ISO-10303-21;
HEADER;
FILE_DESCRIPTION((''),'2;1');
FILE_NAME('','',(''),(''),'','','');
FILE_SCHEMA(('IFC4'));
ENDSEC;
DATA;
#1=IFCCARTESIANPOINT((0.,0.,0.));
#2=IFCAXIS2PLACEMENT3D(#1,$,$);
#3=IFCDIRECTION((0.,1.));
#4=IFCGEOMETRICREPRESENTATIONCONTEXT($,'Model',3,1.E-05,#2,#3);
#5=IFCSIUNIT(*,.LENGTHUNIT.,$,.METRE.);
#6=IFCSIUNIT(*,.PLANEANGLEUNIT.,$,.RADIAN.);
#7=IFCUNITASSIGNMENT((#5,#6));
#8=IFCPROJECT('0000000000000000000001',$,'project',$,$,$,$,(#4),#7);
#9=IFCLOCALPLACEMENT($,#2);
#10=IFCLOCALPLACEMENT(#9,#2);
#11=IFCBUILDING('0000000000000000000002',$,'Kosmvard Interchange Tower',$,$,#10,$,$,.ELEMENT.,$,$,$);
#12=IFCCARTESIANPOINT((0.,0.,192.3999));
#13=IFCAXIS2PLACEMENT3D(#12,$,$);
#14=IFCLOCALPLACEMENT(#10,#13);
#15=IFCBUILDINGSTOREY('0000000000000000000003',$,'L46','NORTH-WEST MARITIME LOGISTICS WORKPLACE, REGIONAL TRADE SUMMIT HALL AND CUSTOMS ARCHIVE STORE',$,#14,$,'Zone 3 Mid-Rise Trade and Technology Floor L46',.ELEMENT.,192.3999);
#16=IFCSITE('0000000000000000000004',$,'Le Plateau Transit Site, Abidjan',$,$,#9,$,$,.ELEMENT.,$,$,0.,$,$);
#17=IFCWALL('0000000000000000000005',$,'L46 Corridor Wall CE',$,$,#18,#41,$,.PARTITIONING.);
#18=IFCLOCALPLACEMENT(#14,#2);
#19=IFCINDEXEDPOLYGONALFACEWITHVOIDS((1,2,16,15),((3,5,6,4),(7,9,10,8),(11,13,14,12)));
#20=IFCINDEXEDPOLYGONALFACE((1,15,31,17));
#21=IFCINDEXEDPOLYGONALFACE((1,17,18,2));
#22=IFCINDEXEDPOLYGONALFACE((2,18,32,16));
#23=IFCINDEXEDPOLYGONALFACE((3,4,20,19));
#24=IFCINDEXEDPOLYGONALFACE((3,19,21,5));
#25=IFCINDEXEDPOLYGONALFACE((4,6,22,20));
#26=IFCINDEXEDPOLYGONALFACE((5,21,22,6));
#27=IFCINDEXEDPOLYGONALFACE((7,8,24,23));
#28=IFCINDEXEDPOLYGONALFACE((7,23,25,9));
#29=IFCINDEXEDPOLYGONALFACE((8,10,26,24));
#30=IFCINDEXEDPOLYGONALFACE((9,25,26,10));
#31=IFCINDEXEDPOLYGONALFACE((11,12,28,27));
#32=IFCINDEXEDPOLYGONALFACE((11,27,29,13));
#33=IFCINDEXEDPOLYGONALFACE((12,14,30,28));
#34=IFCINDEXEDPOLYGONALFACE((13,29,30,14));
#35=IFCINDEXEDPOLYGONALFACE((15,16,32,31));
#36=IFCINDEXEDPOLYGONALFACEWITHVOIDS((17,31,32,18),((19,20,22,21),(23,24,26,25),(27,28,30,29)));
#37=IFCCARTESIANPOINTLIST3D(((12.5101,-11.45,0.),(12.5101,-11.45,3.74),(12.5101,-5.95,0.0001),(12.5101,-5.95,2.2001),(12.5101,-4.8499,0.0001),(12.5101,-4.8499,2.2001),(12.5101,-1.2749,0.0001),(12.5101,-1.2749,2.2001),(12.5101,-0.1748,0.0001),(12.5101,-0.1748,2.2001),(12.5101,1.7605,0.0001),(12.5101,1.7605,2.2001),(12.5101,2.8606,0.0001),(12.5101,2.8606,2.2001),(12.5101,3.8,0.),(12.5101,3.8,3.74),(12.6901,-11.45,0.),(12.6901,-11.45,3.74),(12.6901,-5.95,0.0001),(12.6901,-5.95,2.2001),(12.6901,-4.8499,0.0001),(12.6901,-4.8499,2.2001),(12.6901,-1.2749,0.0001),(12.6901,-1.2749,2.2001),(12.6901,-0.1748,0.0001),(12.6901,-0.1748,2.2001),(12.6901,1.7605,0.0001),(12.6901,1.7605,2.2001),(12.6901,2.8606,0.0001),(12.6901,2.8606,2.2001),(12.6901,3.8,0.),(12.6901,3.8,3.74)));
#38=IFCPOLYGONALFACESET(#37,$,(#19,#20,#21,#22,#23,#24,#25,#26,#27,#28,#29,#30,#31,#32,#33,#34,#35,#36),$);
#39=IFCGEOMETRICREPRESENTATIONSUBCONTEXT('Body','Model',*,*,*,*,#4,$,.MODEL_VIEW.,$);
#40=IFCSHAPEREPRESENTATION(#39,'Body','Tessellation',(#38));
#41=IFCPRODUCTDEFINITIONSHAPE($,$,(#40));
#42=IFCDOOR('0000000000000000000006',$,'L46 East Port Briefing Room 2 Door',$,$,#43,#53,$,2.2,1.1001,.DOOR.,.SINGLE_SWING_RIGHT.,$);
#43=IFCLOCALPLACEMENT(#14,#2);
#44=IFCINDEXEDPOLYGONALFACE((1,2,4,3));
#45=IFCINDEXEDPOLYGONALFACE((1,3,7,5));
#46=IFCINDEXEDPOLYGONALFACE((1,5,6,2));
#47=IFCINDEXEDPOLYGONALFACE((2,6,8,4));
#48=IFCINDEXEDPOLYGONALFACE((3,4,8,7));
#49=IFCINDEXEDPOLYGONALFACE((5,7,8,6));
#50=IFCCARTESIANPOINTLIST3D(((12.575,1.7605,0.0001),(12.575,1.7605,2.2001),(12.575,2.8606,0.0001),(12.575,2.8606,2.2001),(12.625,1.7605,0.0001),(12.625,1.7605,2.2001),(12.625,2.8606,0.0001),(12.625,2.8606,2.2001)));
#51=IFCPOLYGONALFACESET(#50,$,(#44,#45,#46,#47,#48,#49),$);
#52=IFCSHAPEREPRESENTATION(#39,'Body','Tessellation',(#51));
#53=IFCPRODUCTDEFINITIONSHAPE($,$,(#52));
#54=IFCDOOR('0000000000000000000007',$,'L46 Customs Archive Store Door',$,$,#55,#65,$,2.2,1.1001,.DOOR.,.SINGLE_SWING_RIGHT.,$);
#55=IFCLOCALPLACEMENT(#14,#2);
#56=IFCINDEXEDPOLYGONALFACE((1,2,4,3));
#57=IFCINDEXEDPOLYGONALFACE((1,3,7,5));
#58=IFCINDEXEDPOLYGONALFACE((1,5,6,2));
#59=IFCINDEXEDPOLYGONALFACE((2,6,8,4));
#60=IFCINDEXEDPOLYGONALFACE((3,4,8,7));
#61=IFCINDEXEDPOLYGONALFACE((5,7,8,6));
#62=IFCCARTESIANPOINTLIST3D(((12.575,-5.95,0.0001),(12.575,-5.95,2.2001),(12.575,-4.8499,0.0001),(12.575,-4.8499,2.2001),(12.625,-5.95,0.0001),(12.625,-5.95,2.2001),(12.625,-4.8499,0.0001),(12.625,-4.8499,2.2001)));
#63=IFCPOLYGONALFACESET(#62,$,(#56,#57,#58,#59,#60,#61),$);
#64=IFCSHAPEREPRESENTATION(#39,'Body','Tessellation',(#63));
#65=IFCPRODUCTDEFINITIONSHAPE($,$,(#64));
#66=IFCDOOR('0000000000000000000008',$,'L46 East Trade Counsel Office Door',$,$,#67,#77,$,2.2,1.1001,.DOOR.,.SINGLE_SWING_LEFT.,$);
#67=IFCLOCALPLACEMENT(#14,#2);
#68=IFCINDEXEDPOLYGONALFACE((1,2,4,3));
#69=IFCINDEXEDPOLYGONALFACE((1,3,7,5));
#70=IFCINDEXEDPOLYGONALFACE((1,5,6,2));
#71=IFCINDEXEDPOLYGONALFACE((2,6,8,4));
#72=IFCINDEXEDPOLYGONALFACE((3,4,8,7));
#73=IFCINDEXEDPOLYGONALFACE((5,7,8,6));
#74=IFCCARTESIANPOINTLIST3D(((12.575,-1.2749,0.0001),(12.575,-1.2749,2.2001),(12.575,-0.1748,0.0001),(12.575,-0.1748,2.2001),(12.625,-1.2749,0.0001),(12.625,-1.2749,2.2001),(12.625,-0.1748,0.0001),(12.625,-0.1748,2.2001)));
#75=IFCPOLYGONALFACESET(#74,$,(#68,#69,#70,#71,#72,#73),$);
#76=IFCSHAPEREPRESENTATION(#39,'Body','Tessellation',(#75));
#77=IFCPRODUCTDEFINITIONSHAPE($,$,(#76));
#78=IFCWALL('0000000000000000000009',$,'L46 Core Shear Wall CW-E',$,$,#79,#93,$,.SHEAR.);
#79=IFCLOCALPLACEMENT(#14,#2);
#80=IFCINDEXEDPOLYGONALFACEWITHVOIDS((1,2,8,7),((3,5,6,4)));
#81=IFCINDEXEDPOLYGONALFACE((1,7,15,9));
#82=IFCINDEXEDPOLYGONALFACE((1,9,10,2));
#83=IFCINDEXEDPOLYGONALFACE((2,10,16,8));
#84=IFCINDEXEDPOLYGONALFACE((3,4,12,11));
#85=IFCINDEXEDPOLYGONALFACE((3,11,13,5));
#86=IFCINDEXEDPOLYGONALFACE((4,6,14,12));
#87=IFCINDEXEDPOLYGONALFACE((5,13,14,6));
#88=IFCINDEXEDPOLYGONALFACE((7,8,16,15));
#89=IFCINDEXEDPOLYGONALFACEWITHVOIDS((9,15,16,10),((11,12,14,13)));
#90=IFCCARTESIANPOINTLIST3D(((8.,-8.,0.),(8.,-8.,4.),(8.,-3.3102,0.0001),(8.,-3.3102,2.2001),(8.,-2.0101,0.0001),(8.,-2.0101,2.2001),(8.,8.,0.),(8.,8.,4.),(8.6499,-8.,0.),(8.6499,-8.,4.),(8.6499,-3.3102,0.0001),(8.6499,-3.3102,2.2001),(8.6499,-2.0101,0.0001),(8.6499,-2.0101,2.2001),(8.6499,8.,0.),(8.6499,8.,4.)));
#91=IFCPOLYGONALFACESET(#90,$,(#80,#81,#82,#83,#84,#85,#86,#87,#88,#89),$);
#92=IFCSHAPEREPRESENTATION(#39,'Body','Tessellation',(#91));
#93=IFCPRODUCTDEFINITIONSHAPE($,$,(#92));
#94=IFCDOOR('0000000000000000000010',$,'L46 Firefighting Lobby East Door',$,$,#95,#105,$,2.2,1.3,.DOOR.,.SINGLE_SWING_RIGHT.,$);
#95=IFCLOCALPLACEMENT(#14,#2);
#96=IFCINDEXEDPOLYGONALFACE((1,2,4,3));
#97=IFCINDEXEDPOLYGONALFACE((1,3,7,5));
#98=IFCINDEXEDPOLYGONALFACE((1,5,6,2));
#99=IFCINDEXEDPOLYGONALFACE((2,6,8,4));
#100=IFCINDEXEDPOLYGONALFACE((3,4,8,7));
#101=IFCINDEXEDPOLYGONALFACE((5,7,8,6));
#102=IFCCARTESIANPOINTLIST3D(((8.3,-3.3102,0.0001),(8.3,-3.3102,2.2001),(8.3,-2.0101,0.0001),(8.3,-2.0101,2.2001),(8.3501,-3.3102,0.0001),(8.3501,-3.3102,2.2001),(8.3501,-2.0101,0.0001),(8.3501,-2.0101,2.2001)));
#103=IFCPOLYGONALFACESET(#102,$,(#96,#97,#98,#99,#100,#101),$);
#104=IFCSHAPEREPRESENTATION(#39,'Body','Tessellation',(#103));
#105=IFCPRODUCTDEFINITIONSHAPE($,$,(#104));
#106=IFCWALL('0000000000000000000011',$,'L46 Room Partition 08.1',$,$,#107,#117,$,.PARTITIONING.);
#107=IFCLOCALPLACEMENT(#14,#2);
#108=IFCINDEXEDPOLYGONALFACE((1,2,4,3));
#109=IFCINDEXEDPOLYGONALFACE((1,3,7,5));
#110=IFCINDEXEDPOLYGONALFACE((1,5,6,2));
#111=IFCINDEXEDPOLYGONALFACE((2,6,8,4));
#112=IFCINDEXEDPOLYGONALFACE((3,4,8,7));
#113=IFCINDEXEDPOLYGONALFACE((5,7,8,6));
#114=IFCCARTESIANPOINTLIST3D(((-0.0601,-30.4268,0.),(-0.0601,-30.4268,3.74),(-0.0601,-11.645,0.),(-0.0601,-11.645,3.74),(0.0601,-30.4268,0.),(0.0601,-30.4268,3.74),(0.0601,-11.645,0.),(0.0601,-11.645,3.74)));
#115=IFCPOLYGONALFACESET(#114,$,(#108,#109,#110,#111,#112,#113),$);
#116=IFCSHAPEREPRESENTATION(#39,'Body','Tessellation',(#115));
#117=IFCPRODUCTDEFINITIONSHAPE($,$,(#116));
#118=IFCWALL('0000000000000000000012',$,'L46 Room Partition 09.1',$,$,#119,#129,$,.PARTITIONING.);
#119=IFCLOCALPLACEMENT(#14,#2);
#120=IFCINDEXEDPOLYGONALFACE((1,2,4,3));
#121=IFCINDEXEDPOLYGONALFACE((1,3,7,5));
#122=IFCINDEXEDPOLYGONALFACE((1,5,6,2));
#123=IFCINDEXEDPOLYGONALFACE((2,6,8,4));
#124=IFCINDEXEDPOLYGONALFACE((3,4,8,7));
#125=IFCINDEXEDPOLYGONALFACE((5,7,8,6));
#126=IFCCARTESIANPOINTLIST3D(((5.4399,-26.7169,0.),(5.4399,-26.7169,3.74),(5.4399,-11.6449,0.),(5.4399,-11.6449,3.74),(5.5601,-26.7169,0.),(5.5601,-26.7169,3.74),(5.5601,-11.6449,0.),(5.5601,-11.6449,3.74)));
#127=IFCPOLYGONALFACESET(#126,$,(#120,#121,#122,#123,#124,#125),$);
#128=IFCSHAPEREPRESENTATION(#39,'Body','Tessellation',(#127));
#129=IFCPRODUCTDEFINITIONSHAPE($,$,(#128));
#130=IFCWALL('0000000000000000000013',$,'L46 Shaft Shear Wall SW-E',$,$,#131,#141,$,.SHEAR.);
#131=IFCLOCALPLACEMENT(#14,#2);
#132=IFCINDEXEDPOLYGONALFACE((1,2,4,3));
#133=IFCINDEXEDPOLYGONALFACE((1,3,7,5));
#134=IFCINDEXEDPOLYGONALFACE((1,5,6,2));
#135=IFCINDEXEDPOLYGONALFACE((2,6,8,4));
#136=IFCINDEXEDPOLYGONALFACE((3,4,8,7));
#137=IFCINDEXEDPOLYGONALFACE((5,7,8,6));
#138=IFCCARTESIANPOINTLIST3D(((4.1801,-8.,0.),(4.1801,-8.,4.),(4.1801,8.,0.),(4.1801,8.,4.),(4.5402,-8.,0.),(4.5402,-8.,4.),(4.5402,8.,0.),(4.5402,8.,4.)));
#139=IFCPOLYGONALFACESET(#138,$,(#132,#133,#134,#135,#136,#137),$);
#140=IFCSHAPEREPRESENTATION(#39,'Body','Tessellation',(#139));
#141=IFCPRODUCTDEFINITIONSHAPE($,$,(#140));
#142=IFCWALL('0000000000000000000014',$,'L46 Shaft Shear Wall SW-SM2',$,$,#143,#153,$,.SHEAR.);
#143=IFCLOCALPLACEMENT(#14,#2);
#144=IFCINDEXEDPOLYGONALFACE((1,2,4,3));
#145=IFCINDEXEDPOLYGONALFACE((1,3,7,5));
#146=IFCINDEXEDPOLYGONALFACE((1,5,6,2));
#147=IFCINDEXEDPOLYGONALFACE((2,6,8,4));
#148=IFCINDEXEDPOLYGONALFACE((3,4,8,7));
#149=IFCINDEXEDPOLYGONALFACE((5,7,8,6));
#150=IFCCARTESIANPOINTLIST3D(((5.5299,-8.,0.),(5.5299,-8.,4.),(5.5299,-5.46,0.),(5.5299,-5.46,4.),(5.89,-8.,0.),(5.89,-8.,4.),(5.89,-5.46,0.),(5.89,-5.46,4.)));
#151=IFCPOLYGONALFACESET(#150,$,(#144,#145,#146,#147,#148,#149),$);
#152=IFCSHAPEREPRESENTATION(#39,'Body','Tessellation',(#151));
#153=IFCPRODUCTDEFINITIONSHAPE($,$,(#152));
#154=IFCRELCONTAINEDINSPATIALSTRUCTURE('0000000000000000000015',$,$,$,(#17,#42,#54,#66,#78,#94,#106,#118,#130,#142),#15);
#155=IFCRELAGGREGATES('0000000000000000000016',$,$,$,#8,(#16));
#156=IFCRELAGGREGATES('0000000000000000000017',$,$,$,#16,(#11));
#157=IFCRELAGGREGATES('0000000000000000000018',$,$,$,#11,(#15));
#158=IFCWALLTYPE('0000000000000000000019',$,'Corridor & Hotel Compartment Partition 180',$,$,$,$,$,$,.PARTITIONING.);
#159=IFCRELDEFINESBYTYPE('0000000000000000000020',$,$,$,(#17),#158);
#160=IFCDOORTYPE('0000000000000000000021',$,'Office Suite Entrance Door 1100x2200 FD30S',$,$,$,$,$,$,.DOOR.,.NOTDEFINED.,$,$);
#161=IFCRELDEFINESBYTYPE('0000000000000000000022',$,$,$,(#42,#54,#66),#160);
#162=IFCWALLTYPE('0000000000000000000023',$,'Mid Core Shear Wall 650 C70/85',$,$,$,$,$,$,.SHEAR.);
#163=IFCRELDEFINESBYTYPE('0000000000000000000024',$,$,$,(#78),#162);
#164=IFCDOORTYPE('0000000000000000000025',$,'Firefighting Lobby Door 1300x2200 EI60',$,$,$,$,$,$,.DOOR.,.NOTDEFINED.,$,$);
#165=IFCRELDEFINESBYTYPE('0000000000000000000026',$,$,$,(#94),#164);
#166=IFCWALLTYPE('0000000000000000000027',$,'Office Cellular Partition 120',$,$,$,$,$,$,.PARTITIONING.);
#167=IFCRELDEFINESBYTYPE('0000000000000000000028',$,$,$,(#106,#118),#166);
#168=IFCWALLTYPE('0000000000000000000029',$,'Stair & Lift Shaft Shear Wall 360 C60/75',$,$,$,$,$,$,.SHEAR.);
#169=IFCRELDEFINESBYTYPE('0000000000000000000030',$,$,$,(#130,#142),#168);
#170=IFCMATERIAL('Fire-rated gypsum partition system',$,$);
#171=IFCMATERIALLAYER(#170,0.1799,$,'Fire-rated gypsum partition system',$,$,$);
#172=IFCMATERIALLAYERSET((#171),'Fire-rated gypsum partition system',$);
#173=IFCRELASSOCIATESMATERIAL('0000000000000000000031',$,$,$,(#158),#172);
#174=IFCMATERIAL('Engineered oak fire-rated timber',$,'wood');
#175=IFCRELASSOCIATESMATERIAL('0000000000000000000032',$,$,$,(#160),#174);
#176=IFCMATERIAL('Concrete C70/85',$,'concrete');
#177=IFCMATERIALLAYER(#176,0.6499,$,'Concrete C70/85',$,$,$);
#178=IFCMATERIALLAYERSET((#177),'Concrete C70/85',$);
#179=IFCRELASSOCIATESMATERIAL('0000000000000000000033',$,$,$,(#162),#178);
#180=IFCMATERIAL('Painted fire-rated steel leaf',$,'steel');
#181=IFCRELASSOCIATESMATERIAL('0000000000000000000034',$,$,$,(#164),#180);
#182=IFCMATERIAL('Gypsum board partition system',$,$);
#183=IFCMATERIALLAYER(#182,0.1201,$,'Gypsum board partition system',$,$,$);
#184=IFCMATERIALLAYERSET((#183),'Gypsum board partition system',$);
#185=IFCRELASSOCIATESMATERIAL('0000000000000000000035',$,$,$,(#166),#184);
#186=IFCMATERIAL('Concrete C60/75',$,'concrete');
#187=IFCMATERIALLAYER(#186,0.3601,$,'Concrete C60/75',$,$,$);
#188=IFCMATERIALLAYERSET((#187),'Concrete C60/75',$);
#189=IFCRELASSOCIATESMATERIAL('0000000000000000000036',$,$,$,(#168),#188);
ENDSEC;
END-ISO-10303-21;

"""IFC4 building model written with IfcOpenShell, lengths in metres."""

from ifc_helpers import new_model, si_unit, direction, frame, frame_2d, origin, place, context, subcontext, project, spatial, rectangle, extrude, source, transform, mapped, material, layer, layer_set, type_object, element, fill, save


model = new_model("IFC4")

# Units and contexts
model_context = context("Model", 3, precision=1e-05, world=origin(), true_north=direction((0.0, 1.0)))
body_context = subcontext(model_context, "Body", "Model", "MODEL_VIEW")
ifc_project = project(units=[si_unit("LENGTHUNIT", "METRE"), si_unit("PLANEANGLEUNIT", "RADIAN")], contexts=[model_context])

# Site, building, storey
site_placement = place(None, origin())
site = spatial("IfcSite", under=ifc_project, at=site_placement, Name="Le Plateau Transit Site, Abidjan", CompositionType="ELEMENT", RefElevation=0.0)
building_placement = place(site_placement, origin())
building = spatial("IfcBuilding", under=site, at=building_placement, Name="Kosmvard Interchange Tower", CompositionType="ELEMENT")
storey_placement = place(building_placement, frame((0.0, 0.0, 192.3999)))
storey = spatial("IfcBuildingStorey", under=building, at=storey_placement, Name="L46", Description="NORTH-WEST MARITIME LOGISTICS WORKPLACE, REGIONAL TRADE SUMMIT HALL AND CUSTOMS ARCHIVE STORE", LongName="Zone 3 Mid-Rise Trade and Technology Floor L46", CompositionType="ELEMENT", Elevation=192.3999)

# Shared definitions
ifc_material_1 = material(Name="Concrete C60/75", Category="concrete")

# Wall, openings, doors
ifc_material_2 = material(Name="Fire-rated gypsum partition system")
ifc_layer_1 = layer(ifc_material_2, 0.1799, Name="Fire-rated gypsum partition system")
ifc_layer_set_1 = layer_set([ifc_layer_1], Name="Fire-rated gypsum partition system")
wall_type_1 = type_object("IfcWallType", Name="Corridor & Hotel Compartment Partition 180", PredefinedType="PARTITIONING", material=ifc_layer_set_1)
ifc_material_3 = material(Name="Painted fire-rated steel leaf", Category="steel")
shared_shape_1 = source(origin(), body_context, "Body", "SweptSolid", [
    extrude(rectangle(XDim=1.1001, YDim=2.2, at=frame_2d((0.55, 1.1001))), frame((0.0, 0.0249, 0.0), z_axis=(0.0, -1.0, 0.0), x_axis=(1.0, 0.0, 0.0)), (0.0, 0.0, 1.0), 0.05),
])
wall_1_placement = place(storey_placement, frame((12.6001, -11.45, 0.0), z_axis=(0.0, 0.0, 1.0), x_axis=(0.0, 1.0, 0.0)))
wall_1 = element("IfcWall", 1, at=wall_1_placement, inside=storey, type_object=wall_type_1, Name="L46 Corridor Wall CE", PredefinedType="PARTITIONING", context=body_context, shape_type="SweptSolid", body=[
    extrude(rectangle(XDim=15.25, YDim=0.1799, at=frame_2d((7.625, 0.0))), origin(), (0.0, 0.0, 1.0), 3.74),
])
opening_1_placement = place(wall_1_placement, frame((13.2104, 0.0, 0.0)))
opening_1 = element("IfcOpeningElement", 2, at=opening_1_placement, cuts=wall_1, PredefinedType="OPENING", context=body_context, shape_type="SweptSolid", body=[
    extrude(rectangle(XDim=1.1001, YDim=2.2, at=frame_2d((0.55, 1.1001))), frame((0.0, 0.1001, 0.0), z_axis=(0.0, -1.0, 0.0), x_axis=(1.0, 0.0, 0.0)), (0.0, 0.0, 1.0), 0.2),
])
opening_2_placement = place(wall_1_placement, frame((5.5, 0.0, 0.0)))
opening_2 = element("IfcOpeningElement", 3, at=opening_2_placement, cuts=wall_1, PredefinedType="OPENING", context=body_context, shape_type="SweptSolid", body=[
    extrude(rectangle(XDim=1.1001, YDim=2.2, at=frame_2d((0.55, 1.1001))), frame((0.0, 0.1001, 0.0), z_axis=(0.0, -1.0, 0.0), x_axis=(1.0, 0.0, 0.0)), (0.0, 0.0, 1.0), 0.2),
])
opening_3_placement = place(wall_1_placement, frame((10.175, 0.0, 0.0)))
opening_3 = element("IfcOpeningElement", 4, at=opening_3_placement, cuts=wall_1, PredefinedType="OPENING", context=body_context, shape_type="SweptSolid", body=[
    extrude(rectangle(XDim=1.1001, YDim=2.2, at=frame_2d((0.55, 1.1001))), frame((0.0, 0.1001, 0.0), z_axis=(0.0, -1.0, 0.0), x_axis=(1.0, 0.0, 0.0)), (0.0, 0.0, 1.0), 0.2),
])
ifc_material_4 = material(Name="Engineered oak fire-rated timber", Category="wood")
door_type_1 = type_object("IfcDoorType", Name="Office Suite Entrance Door 1100x2200 FD30S", OperationType="NOTDEFINED", PredefinedType="DOOR", material=ifc_material_4)
door_1_placement = place(opening_1_placement, frame((1.1001, 0.0, 0.0), z_axis=(0.0, 0.0, 1.0), x_axis=(-1.0, 0.0, 0.0)))
door_1 = element("IfcDoor", 5, at=door_1_placement, inside=storey, type_object=door_type_1, Name="L46 East Port Briefing Room 2 Door", OperationType="SINGLE_SWING_RIGHT", OverallHeight=2.2, OverallWidth=1.1001, PredefinedType="DOOR", context=body_context, shape_type="MappedRepresentation", body=[
    mapped(shared_shape_1, transform((0.0, 0.0, 0.0), scale=1.0)),
])
fill(opening_1, door_1)
door_2_placement = place(opening_2_placement, frame((1.1001, 0.0, 0.0), z_axis=(0.0, 0.0, 1.0), x_axis=(-1.0, 0.0, 0.0)))
door_2 = element("IfcDoor", 6, at=door_2_placement, inside=storey, type_object=door_type_1, Name="L46 Customs Archive Store Door", OperationType="SINGLE_SWING_RIGHT", OverallHeight=2.2, OverallWidth=1.1001, PredefinedType="DOOR", context=body_context, shape_type="MappedRepresentation", body=[
    mapped(shared_shape_1, transform((0.0, 0.0, 0.0), scale=1.0)),
])
fill(opening_2, door_2)
door_3_placement = place(opening_3_placement, frame((1.1001, 0.0, 0.0), z_axis=(0.0, 0.0, 1.0), x_axis=(-1.0, 0.0, 0.0)))
door_3 = element("IfcDoor", 7, at=door_3_placement, inside=storey, type_object=door_type_1, Name="L46 East Trade Counsel Office Door", OperationType="SINGLE_SWING_LEFT", OverallHeight=2.2, OverallWidth=1.1001, PredefinedType="DOOR", context=body_context, shape_type="MappedRepresentation", body=[
    mapped(shared_shape_1, transform((0.0, 0.0, 0.0), scale=1.0)),
])
fill(opening_3, door_3)

# Wall, opening, door
ifc_material_5 = material(Name="Concrete C70/85", Category="concrete")
ifc_layer_2 = layer(ifc_material_5, 0.6499, Name="Concrete C70/85")
ifc_layer_set_2 = layer_set([ifc_layer_2], Name="Concrete C70/85")
wall_type_2 = type_object("IfcWallType", Name="Mid Core Shear Wall 650 C70/85", PredefinedType="SHEAR", material=ifc_layer_set_2)
wall_2_placement = place(storey_placement, frame((8.325, -8.0, 0.0), z_axis=(0.0, 0.0, 1.0), x_axis=(0.0, 1.0, 0.0)))
wall_2 = element("IfcWall", 8, at=wall_2_placement, inside=storey, type_object=wall_type_2, Name="L46 Core Shear Wall CW-E", PredefinedType="SHEAR", context=body_context, shape_type="SweptSolid", body=[
    extrude(rectangle(XDim=16.0, YDim=0.6499, at=frame_2d((8.0, 0.0))), origin(), (0.0, 0.0, 1.0), 4.0),
])
opening_4_placement = place(wall_2_placement, frame((4.6899, 0.0, 0.0)))
opening_4 = element("IfcOpeningElement", 9, at=opening_4_placement, cuts=wall_2, PredefinedType="OPENING", context=body_context, shape_type="SweptSolid", body=[
    extrude(rectangle(XDim=1.3, YDim=2.2, at=frame_2d((0.6499, 1.1001))), frame((0.0, 0.335, 0.0), z_axis=(0.0, -1.0, 0.0), x_axis=(1.0, 0.0, 0.0)), (0.0, 0.0, 1.0), 0.6699),
])
door_type_2 = type_object("IfcDoorType", Name="Firefighting Lobby Door 1300x2200 EI60", OperationType="NOTDEFINED", PredefinedType="DOOR", material=ifc_material_3)
shared_shape_2 = source(origin(), body_context, "Body", "SweptSolid", [
    extrude(rectangle(XDim=1.3, YDim=2.2, at=frame_2d((0.6499, 1.1001))), frame((0.0, 0.0249, 0.0), z_axis=(0.0, -1.0, 0.0), x_axis=(1.0, 0.0, 0.0)), (0.0, 0.0, 1.0), 0.05),
])
door_4_placement = place(opening_4_placement, origin())
door_4 = element("IfcDoor", 10, at=door_4_placement, inside=storey, type_object=door_type_2, Name="L46 Firefighting Lobby East Door", OperationType="SINGLE_SWING_RIGHT", OverallHeight=2.2, OverallWidth=1.3, PredefinedType="DOOR", context=body_context, shape_type="MappedRepresentation", body=[
    mapped(shared_shape_2, transform((0.0, 0.0, 0.0), scale=1.0)),
])
fill(opening_4, door_4)

# Walls
ifc_material_6 = material(Name="Gypsum board partition system")
ifc_layer_3 = layer(ifc_material_6, 0.1201, Name="Gypsum board partition system")
ifc_layer_set_3 = layer_set([ifc_layer_3], Name="Gypsum board partition system")
wall_type_3 = type_object("IfcWallType", Name="Office Cellular Partition 120", PredefinedType="PARTITIONING", material=ifc_layer_set_3)
wall_3_placement = place(storey_placement, frame((0.0, -30.4268, 0.0), z_axis=(0.0, 0.0, 1.0), x_axis=(0.0, 1.0, 0.0)))
element("IfcWall", 11, at=wall_3_placement, inside=storey, type_object=wall_type_3, Name="L46 Room Partition 08.1", PredefinedType="PARTITIONING", context=body_context, shape_type="SweptSolid", body=[
    extrude(rectangle(XDim=18.7817, YDim=0.1201, at=frame_2d((9.3909, 0.0))), origin(), (0.0, 0.0, 1.0), 3.74),
])
wall_4_placement = place(storey_placement, frame((5.5, -26.717, 0.0), z_axis=(0.0, 0.0, 1.0), x_axis=(0.0, 1.0, 0.0)))
element("IfcWall", 12, at=wall_4_placement, inside=storey, type_object=wall_type_3, Name="L46 Room Partition 09.1", PredefinedType="PARTITIONING", context=body_context, shape_type="SweptSolid", body=[
    extrude(rectangle(XDim=15.072, YDim=0.1201, at=frame_2d((7.5361, 0.0))), origin(), (0.0, 0.0, 1.0), 3.74),
])
ifc_layer_4 = layer(ifc_material_1, 0.3601, Name="Concrete C60/75")
ifc_layer_set_4 = layer_set([ifc_layer_4], Name="Concrete C60/75")
wall_type_4 = type_object("IfcWallType", Name="Stair & Lift Shaft Shear Wall 360 C60/75", PredefinedType="SHEAR", material=ifc_layer_set_4)
wall_5_placement = place(storey_placement, frame((4.3601, -8.0, 0.0), z_axis=(0.0, 0.0, 1.0), x_axis=(0.0, 1.0, 0.0)))
element("IfcWall", 13, at=wall_5_placement, inside=storey, type_object=wall_type_4, Name="L46 Shaft Shear Wall SW-E", PredefinedType="SHEAR", context=body_context, shape_type="SweptSolid", body=[
    extrude(rectangle(XDim=16.0, YDim=0.3601, at=frame_2d((8.0, 0.0))), origin(), (0.0, 0.0, 1.0), 4.0),
])
wall_6_placement = place(storey_placement, frame((5.71, -8.0, 0.0), z_axis=(0.0, 0.0, 1.0), x_axis=(0.0, 1.0, 0.0)))
element("IfcWall", 14, at=wall_6_placement, inside=storey, type_object=wall_type_4, Name="L46 Shaft Shear Wall SW-SM2", PredefinedType="SHEAR", context=body_context, shape_type="SweptSolid", body=[
    extrude(rectangle(XDim=2.54, YDim=0.3601, at=frame_2d((1.27, 0.0))), origin(), (0.0, 0.0, 1.0), 4.0),
])

save(model, "model.ifc")
